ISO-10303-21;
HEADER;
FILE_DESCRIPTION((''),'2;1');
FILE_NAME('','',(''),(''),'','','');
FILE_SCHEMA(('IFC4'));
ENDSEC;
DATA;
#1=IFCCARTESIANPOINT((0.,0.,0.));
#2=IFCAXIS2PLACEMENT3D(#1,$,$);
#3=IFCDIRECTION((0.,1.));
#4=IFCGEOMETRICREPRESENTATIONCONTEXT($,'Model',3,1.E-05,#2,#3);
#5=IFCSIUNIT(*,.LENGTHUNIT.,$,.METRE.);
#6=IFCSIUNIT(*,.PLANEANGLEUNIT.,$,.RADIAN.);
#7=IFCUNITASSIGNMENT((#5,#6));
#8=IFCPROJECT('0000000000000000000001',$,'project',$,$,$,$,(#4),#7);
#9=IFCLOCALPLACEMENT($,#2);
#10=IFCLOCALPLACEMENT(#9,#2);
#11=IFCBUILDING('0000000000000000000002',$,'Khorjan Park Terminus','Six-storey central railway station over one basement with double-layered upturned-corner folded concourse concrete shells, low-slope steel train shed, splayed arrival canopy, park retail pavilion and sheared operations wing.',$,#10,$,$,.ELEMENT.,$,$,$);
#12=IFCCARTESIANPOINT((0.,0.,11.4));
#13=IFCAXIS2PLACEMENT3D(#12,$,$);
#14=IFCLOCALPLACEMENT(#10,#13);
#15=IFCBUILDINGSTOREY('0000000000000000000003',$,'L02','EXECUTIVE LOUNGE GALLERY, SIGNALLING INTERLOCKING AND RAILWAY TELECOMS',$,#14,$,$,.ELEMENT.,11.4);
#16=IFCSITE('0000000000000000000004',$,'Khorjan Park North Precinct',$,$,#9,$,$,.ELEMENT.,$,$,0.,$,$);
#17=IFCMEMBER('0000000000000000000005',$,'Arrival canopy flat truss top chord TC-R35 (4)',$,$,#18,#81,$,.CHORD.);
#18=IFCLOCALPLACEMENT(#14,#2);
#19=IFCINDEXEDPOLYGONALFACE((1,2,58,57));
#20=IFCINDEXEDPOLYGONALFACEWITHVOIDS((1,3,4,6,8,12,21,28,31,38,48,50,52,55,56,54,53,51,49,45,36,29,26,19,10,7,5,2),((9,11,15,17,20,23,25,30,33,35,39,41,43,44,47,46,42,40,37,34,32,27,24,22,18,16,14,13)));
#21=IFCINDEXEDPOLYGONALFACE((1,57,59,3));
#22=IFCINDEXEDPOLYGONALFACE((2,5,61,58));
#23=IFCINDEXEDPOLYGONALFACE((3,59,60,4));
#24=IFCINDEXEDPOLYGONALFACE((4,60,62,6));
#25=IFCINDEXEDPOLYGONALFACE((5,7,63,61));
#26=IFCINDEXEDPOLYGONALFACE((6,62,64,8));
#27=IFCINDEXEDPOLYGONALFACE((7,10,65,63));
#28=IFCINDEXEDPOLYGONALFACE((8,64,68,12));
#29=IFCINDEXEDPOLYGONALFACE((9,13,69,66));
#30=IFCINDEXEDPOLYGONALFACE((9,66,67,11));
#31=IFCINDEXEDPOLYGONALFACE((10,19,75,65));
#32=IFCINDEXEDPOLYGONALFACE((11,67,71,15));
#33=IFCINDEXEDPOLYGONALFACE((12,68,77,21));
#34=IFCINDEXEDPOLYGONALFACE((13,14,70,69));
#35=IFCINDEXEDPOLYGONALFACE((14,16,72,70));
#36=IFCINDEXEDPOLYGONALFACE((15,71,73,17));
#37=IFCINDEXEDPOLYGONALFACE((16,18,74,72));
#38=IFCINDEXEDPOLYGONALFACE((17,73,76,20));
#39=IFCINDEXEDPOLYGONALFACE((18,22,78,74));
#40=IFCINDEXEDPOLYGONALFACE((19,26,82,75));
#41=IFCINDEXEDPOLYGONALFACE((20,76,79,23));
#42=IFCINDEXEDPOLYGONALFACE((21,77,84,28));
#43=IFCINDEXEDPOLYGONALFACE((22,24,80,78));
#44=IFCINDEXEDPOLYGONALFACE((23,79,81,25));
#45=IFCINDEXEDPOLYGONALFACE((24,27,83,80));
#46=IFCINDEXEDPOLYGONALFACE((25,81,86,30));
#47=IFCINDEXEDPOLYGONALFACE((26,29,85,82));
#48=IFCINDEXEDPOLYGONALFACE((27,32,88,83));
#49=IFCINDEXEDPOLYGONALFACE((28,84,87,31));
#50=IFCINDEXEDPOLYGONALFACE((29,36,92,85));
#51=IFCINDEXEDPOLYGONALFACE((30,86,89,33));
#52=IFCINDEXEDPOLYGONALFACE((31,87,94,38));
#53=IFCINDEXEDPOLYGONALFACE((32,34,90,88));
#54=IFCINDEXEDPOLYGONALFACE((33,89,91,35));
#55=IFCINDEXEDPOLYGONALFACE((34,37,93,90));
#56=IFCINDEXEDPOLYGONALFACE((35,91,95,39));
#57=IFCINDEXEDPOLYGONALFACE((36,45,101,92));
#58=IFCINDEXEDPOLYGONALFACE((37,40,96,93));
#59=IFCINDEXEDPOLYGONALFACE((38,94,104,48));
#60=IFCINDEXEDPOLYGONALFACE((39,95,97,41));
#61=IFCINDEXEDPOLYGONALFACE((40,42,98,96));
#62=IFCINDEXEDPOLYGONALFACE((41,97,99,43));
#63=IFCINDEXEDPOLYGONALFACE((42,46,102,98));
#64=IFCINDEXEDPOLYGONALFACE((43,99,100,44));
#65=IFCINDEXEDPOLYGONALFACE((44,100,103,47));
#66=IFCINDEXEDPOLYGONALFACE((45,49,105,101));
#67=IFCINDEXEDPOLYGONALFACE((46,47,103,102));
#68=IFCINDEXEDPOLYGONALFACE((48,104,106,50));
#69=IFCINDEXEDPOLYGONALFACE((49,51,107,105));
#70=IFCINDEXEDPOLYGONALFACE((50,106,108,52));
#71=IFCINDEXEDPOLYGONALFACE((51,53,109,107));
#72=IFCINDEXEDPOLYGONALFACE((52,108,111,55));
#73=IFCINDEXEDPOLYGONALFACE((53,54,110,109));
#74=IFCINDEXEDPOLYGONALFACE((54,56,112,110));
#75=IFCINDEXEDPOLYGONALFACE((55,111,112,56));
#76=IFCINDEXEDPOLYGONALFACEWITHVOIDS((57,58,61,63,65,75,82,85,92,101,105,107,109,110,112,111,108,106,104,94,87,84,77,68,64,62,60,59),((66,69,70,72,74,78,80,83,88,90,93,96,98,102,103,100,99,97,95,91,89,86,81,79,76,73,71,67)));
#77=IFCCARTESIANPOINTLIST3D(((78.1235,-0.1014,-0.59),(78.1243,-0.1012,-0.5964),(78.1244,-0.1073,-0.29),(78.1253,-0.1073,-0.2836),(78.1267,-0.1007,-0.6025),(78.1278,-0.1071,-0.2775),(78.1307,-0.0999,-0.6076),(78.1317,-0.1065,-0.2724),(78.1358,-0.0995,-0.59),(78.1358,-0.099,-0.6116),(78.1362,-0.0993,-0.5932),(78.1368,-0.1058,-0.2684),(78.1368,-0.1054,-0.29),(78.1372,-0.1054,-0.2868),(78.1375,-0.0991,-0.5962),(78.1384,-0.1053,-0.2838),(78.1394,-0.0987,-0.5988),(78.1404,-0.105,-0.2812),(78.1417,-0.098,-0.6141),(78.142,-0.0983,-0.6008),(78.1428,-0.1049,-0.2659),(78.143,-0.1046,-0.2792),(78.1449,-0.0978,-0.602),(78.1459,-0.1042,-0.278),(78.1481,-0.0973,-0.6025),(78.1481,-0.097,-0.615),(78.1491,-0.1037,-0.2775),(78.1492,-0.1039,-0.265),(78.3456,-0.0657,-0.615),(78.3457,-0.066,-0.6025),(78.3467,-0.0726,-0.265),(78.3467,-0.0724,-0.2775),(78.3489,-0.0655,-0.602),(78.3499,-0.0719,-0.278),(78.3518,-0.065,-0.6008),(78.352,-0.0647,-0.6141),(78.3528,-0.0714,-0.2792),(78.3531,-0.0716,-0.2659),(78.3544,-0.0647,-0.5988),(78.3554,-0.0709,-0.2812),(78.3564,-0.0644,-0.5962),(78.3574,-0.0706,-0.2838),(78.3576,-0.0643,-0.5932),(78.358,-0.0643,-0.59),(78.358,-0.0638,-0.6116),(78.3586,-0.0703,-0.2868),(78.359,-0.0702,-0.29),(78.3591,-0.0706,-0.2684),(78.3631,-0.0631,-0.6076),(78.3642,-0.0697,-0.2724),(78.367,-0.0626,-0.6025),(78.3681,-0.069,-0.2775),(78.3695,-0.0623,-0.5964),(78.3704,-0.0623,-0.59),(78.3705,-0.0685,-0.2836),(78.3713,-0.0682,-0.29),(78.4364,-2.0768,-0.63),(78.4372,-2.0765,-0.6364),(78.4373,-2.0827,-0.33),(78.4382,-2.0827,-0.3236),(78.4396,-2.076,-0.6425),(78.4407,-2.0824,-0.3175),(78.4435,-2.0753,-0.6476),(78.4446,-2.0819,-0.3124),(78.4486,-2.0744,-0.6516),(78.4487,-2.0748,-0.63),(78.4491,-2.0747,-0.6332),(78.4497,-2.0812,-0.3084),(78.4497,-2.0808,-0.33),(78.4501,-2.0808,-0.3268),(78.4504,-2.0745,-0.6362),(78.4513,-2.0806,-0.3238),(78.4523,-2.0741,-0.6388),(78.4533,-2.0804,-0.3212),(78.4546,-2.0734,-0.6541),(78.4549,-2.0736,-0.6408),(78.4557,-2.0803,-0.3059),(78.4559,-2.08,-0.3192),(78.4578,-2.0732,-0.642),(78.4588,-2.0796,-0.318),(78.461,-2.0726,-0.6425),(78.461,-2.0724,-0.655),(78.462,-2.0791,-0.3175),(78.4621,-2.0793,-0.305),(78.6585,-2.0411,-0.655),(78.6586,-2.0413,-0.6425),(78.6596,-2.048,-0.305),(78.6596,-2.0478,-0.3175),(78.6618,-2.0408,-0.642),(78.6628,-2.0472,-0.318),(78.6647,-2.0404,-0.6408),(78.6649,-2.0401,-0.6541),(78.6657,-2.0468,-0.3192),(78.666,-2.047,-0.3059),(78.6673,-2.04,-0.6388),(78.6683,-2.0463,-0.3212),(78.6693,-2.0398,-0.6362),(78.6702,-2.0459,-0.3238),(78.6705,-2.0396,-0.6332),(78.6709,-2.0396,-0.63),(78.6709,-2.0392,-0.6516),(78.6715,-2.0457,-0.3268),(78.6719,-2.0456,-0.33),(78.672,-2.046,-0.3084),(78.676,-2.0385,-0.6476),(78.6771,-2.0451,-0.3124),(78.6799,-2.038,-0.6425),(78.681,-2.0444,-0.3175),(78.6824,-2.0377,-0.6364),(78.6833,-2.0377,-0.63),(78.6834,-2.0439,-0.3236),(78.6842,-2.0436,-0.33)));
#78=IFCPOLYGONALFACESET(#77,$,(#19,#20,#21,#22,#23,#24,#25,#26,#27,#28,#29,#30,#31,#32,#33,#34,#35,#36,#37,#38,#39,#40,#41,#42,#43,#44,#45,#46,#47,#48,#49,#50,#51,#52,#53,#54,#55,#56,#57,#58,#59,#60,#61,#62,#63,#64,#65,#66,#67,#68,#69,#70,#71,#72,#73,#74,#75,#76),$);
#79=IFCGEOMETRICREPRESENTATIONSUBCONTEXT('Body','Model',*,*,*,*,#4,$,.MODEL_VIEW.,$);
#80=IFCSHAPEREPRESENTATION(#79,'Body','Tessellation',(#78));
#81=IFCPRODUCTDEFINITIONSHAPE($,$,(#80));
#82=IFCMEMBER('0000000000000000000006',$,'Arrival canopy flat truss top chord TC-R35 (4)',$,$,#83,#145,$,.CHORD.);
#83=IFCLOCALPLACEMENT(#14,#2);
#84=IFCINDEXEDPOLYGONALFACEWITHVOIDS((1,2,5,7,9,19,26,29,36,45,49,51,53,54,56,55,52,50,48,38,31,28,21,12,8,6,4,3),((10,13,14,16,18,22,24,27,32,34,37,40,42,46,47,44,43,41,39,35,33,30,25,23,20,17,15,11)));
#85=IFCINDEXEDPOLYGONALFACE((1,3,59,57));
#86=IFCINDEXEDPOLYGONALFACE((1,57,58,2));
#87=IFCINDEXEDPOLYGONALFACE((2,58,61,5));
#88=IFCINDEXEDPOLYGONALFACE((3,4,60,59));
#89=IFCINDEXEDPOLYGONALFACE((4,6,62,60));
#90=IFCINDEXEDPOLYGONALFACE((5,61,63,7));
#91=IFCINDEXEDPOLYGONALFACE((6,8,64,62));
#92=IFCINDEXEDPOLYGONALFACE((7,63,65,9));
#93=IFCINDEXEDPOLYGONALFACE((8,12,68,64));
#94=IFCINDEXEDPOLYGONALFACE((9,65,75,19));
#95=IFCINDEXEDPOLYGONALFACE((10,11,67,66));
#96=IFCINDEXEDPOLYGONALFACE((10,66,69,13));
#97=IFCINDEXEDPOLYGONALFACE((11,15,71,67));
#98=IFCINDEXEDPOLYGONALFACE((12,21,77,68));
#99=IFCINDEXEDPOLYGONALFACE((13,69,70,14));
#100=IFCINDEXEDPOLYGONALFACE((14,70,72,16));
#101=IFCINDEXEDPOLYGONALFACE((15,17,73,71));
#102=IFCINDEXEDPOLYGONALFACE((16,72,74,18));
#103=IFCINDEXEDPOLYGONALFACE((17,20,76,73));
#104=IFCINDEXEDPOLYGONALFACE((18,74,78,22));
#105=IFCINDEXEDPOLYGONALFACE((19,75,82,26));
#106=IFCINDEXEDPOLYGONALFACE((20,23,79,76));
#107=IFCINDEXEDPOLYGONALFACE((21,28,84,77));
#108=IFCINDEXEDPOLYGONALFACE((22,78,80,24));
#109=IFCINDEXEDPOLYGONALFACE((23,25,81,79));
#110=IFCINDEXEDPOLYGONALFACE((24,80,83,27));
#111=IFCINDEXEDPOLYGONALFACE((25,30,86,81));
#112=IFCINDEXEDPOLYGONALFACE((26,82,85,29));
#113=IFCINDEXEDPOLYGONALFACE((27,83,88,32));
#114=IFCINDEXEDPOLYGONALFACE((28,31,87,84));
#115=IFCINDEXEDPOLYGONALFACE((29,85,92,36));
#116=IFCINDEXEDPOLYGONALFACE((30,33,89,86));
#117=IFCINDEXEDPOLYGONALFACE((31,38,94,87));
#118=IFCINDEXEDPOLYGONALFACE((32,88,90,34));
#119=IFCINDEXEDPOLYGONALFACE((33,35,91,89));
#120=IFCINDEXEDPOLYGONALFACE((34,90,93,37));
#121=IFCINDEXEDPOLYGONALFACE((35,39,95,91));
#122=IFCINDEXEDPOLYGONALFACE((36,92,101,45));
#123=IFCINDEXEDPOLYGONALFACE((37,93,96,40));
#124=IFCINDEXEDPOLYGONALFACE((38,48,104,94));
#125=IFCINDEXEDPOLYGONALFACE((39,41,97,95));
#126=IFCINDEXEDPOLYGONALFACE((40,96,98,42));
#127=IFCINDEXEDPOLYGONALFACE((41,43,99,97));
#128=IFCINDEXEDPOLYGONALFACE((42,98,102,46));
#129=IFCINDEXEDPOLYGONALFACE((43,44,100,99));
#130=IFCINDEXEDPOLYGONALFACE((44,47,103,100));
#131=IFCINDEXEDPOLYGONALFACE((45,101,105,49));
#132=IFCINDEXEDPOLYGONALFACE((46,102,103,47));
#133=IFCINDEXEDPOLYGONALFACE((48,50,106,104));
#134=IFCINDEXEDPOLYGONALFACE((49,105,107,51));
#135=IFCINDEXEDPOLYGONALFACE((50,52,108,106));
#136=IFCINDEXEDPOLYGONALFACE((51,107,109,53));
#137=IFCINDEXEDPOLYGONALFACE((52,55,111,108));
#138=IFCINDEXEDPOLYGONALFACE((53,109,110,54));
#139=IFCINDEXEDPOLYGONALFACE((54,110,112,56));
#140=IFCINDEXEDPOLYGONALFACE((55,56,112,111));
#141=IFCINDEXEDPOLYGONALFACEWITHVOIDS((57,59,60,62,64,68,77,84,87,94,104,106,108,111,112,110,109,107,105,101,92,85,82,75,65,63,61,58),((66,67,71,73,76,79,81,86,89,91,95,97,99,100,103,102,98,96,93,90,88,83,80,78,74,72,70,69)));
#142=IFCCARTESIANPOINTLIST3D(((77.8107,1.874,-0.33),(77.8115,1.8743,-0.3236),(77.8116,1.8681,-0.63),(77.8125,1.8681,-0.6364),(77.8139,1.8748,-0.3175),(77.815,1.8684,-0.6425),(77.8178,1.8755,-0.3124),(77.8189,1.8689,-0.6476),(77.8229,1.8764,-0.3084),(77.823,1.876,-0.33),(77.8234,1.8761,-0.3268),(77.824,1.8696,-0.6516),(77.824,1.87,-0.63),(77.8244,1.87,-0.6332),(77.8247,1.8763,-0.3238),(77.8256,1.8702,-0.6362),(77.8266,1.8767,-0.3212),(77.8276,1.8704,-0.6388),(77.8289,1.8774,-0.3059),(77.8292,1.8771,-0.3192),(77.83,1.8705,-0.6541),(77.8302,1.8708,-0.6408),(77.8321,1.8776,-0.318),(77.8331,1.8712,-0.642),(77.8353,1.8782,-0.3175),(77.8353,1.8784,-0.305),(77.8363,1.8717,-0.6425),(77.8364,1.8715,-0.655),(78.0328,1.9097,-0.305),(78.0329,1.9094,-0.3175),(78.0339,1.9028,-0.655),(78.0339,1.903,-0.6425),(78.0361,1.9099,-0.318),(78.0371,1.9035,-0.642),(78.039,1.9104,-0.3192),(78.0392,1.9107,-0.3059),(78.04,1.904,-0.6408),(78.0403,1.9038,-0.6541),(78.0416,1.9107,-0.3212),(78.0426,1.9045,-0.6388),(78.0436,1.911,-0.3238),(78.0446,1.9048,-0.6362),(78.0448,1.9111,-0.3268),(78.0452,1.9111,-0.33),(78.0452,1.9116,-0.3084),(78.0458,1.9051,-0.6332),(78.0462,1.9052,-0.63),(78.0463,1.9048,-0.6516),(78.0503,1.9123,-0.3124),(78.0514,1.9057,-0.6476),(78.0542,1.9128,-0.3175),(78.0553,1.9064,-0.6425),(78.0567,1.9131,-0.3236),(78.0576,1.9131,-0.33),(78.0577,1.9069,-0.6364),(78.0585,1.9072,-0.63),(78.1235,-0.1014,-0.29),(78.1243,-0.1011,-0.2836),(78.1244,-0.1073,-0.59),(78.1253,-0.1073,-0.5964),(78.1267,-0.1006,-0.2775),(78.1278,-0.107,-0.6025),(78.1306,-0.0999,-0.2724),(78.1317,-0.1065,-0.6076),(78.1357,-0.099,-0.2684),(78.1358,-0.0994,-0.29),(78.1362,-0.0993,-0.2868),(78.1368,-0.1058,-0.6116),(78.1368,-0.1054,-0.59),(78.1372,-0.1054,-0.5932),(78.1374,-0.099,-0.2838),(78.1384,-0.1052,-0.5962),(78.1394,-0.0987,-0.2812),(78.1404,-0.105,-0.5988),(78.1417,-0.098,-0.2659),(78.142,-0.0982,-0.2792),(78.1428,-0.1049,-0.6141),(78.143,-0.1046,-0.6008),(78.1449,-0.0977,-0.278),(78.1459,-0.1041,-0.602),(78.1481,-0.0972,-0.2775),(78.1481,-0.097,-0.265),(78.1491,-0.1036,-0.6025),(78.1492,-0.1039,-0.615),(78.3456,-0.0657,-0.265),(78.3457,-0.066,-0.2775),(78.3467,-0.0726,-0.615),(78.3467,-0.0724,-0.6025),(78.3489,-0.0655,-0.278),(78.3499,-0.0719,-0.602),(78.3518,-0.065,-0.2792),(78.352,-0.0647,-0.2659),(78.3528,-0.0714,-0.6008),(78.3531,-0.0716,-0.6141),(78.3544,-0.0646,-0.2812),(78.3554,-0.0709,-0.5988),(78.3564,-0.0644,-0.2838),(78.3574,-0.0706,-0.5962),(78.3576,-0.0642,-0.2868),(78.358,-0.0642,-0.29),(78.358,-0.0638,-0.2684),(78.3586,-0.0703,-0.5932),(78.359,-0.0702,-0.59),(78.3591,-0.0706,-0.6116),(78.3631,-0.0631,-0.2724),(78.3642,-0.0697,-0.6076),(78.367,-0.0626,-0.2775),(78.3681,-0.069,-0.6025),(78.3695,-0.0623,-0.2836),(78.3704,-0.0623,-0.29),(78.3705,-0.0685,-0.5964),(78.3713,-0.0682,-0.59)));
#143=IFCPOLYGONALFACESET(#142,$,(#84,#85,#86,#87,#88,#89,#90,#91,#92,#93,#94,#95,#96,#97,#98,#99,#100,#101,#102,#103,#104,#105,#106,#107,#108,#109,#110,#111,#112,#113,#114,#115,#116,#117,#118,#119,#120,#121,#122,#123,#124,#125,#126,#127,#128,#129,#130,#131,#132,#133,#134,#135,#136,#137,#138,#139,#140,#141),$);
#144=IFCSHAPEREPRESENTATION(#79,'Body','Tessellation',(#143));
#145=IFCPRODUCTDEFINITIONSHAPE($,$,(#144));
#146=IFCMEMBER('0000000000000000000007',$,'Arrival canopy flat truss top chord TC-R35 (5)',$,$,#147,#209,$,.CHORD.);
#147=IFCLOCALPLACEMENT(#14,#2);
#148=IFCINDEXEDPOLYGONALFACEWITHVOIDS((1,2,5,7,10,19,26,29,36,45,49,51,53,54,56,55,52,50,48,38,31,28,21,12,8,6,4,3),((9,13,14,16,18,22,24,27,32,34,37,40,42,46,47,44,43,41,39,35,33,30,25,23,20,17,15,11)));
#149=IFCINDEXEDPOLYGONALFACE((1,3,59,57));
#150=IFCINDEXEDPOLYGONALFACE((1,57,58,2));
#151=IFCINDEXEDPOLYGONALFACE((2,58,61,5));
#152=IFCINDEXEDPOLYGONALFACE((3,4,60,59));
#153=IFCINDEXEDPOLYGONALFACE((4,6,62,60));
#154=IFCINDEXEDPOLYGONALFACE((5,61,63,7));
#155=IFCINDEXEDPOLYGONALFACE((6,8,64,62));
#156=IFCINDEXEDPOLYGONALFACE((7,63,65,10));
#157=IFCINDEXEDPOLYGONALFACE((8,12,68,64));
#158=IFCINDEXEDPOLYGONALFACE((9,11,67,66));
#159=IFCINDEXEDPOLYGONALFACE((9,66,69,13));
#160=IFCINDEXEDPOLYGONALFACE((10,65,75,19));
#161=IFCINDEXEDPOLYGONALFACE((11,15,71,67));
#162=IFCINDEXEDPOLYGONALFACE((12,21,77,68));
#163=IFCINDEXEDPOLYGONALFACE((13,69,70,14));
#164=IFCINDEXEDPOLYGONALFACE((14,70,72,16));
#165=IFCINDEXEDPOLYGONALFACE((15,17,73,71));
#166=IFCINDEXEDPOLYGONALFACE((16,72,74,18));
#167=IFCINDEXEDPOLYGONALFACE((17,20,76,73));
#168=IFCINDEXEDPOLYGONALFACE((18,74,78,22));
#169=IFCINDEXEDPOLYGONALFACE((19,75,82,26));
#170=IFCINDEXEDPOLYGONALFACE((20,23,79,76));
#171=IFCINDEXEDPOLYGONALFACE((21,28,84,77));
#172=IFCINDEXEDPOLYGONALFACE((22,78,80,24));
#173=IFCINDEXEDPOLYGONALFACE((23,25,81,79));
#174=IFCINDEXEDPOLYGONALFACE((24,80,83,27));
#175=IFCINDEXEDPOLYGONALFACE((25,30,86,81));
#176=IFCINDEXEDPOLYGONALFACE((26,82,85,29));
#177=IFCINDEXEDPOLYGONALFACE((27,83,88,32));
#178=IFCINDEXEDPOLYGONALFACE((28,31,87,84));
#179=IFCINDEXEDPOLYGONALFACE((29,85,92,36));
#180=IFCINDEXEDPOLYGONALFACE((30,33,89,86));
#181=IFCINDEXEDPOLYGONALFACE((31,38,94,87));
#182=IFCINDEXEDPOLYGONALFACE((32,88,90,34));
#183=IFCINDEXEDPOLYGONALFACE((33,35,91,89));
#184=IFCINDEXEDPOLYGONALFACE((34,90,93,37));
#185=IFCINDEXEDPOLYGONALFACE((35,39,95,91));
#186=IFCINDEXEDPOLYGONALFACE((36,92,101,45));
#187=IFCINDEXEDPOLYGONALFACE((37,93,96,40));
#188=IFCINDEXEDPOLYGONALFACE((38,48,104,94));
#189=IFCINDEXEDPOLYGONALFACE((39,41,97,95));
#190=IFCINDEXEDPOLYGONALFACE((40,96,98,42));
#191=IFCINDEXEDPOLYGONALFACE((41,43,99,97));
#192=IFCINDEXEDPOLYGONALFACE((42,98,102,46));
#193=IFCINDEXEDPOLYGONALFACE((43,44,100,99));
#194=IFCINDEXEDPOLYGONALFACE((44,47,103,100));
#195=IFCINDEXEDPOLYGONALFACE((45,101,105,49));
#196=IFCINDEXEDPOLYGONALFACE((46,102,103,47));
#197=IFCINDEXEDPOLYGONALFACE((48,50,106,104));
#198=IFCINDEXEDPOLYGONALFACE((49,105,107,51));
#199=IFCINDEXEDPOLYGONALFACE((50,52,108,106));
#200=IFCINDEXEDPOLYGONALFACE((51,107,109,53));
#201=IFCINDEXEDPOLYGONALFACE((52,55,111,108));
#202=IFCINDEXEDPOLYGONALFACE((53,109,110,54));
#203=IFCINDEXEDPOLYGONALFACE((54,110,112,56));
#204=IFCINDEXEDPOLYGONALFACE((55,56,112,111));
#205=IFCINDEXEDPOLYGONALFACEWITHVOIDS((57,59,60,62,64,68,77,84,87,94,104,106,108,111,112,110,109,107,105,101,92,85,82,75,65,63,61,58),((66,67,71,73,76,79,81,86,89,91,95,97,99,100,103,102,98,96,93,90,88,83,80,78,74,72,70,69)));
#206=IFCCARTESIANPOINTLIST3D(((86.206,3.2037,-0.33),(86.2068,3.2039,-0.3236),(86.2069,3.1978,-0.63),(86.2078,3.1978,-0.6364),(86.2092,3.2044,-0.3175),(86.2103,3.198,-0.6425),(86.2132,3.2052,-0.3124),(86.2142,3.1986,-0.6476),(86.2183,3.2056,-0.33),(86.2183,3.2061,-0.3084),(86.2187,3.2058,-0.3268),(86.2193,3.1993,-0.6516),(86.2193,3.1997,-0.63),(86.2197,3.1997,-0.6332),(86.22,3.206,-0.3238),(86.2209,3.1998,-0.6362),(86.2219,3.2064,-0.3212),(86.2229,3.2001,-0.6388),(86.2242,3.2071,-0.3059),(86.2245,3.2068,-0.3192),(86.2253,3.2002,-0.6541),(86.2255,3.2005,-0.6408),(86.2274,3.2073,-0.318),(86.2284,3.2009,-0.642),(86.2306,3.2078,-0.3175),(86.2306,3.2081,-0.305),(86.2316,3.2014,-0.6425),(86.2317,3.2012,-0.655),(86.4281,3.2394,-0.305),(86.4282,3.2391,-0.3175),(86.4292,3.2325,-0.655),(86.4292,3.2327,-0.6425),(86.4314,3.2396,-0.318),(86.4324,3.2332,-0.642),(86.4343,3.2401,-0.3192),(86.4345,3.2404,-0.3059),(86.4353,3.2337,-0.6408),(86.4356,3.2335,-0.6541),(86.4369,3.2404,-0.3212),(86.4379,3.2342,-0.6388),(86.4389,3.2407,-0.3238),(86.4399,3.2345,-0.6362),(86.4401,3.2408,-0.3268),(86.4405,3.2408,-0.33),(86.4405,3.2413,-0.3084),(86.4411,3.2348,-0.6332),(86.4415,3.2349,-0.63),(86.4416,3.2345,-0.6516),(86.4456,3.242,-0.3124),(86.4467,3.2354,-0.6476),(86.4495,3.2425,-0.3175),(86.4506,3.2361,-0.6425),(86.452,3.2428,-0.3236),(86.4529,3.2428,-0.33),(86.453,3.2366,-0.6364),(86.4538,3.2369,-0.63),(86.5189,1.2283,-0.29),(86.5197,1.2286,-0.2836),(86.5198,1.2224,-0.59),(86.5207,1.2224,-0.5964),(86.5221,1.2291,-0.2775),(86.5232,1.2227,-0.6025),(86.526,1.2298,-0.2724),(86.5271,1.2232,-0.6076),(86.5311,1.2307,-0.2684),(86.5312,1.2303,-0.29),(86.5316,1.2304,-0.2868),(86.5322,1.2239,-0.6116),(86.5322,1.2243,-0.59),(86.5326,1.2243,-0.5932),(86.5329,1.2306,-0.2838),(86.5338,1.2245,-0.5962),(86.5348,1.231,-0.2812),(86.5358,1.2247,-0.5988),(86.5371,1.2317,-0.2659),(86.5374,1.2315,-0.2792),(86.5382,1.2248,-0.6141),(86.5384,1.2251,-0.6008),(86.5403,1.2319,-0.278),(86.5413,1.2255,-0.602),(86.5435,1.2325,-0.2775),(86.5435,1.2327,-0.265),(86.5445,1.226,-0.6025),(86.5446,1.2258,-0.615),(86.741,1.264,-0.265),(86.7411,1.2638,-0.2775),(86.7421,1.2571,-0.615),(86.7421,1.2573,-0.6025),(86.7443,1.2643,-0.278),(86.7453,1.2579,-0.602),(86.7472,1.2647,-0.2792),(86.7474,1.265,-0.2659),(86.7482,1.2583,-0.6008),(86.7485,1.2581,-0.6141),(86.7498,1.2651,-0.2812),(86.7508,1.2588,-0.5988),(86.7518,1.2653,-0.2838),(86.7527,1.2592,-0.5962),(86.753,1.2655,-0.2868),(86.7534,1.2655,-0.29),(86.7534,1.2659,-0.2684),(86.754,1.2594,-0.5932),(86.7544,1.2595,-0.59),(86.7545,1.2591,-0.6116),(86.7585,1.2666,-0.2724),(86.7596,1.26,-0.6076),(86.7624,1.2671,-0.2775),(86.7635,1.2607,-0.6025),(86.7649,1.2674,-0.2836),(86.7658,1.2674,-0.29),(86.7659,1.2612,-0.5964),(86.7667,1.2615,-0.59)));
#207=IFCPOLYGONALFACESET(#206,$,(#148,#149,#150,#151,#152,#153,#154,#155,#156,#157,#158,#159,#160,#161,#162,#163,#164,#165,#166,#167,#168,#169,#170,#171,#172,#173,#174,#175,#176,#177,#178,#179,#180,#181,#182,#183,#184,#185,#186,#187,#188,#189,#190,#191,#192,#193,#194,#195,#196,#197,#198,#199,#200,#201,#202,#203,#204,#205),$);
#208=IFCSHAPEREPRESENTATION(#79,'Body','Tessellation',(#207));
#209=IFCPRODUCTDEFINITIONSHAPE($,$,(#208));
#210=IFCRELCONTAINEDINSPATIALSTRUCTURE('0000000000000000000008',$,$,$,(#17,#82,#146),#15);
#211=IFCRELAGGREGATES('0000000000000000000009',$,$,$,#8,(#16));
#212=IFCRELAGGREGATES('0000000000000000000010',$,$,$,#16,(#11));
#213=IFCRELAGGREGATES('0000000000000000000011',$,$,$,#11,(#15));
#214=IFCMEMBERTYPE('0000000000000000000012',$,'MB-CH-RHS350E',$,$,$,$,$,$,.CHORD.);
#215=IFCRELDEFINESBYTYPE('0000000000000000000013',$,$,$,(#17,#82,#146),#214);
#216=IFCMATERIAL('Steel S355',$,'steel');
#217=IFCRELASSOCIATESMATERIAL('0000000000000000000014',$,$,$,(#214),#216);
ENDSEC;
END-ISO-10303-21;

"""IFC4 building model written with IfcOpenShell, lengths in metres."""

from ifc_helpers import new_model, si_unit, direction, frame, origin, origin_2d, place, context, subcontext, project, spatial, hollow_rectangle, extrude, material, material_profile, profile_set, type_object, element, save


model = new_model("IFC4")

# Units and contexts
model_context = context("Model", 3, precision=1e-05, world=origin(), true_north=direction((0.0, 1.0)))
body_context = subcontext(model_context, "Body", "Model", "MODEL_VIEW")
ifc_project = project(units=[si_unit("LENGTHUNIT", "METRE"), si_unit("PLANEANGLEUNIT", "RADIAN")], contexts=[model_context])

# Site, building, storey
site_placement = place(None, origin())
site = spatial("IfcSite", under=ifc_project, at=site_placement, Name="Khorjan Park North Precinct", CompositionType="ELEMENT", RefElevation=0.0)
building_placement = place(site_placement, origin())
building = spatial("IfcBuilding", under=site, at=building_placement, Name="Khorjan Park Terminus", Description="Six-storey central railway station over one basement with double-layered upturned-corner folded concourse concrete shells, low-slope steel train shed, splayed arrival canopy, park retail pavilion and sheared operations wing.", CompositionType="ELEMENT")
storey_placement = place(building_placement, frame((0.0, 0.0, 11.4)))
storey = spatial("IfcBuildingStorey", under=building, at=storey_placement, Name="L02", Description="EXECUTIVE LOUNGE GALLERY, SIGNALLING INTERLOCKING AND RAILWAY TELECOMS", CompositionType="ELEMENT", Elevation=11.4)

# Members
ifc_material = material(Name="Steel S355", Category="steel")
ifc_material_profile_1 = material_profile(ifc_material, hollow_rectangle(XDim=0.25, YDim=0.35, WallThickness=0.0125, InnerFilletRadius=0.0125, OuterFilletRadius=0.025, at=origin_2d()), Name="RHS 350x250x12.5")
ifc_profile_set_1 = profile_set([ifc_material_profile_1], Name="Steel S355")
member_type_1 = type_object("IfcMemberType", Name="MB-CH-RHS350E", PredefinedType="CHORD", material=ifc_profile_set_1)
for number, where, z_axis, x_axis, name in (
    (1, (78.5603, -2.0602, -0.48), (-0.156417, 0.987489, 0.019996), (-0.987686, -0.156448, 0.0), "Arrival canopy flat truss top chord TC-R35 (4)"),
    (2, (78.2474, -0.0848, -0.44), (-0.156368, 0.987496, -0.019996), (-0.987694, -0.156399, 0.0), "Arrival canopy flat truss top chord TC-R35 (4)"),
    (3, (86.6428, 1.2449, -0.44), (-0.156417, 0.987489, -0.019996), (-0.987686, -0.156448, 0.0), "Arrival canopy flat truss top chord TC-R35 (5)"),
):
    element("IfcMember", number, at=place(storey_placement, frame(where, z_axis=z_axis, x_axis=x_axis)), inside=storey, type_object=member_type_1, Name=name, PredefinedType="CHORD", context=body_context, shape_type="SweptSolid", body=[
        extrude(hollow_rectangle(XDim=0.25, YDim=0.35, WallThickness=0.0125, InnerFilletRadius=0.0125, OuterFilletRadius=0.025, at=origin_2d()), origin(), (0.0, 0.0, 1.0), 2.0004),
    ])

save(model, "model.ifc")
